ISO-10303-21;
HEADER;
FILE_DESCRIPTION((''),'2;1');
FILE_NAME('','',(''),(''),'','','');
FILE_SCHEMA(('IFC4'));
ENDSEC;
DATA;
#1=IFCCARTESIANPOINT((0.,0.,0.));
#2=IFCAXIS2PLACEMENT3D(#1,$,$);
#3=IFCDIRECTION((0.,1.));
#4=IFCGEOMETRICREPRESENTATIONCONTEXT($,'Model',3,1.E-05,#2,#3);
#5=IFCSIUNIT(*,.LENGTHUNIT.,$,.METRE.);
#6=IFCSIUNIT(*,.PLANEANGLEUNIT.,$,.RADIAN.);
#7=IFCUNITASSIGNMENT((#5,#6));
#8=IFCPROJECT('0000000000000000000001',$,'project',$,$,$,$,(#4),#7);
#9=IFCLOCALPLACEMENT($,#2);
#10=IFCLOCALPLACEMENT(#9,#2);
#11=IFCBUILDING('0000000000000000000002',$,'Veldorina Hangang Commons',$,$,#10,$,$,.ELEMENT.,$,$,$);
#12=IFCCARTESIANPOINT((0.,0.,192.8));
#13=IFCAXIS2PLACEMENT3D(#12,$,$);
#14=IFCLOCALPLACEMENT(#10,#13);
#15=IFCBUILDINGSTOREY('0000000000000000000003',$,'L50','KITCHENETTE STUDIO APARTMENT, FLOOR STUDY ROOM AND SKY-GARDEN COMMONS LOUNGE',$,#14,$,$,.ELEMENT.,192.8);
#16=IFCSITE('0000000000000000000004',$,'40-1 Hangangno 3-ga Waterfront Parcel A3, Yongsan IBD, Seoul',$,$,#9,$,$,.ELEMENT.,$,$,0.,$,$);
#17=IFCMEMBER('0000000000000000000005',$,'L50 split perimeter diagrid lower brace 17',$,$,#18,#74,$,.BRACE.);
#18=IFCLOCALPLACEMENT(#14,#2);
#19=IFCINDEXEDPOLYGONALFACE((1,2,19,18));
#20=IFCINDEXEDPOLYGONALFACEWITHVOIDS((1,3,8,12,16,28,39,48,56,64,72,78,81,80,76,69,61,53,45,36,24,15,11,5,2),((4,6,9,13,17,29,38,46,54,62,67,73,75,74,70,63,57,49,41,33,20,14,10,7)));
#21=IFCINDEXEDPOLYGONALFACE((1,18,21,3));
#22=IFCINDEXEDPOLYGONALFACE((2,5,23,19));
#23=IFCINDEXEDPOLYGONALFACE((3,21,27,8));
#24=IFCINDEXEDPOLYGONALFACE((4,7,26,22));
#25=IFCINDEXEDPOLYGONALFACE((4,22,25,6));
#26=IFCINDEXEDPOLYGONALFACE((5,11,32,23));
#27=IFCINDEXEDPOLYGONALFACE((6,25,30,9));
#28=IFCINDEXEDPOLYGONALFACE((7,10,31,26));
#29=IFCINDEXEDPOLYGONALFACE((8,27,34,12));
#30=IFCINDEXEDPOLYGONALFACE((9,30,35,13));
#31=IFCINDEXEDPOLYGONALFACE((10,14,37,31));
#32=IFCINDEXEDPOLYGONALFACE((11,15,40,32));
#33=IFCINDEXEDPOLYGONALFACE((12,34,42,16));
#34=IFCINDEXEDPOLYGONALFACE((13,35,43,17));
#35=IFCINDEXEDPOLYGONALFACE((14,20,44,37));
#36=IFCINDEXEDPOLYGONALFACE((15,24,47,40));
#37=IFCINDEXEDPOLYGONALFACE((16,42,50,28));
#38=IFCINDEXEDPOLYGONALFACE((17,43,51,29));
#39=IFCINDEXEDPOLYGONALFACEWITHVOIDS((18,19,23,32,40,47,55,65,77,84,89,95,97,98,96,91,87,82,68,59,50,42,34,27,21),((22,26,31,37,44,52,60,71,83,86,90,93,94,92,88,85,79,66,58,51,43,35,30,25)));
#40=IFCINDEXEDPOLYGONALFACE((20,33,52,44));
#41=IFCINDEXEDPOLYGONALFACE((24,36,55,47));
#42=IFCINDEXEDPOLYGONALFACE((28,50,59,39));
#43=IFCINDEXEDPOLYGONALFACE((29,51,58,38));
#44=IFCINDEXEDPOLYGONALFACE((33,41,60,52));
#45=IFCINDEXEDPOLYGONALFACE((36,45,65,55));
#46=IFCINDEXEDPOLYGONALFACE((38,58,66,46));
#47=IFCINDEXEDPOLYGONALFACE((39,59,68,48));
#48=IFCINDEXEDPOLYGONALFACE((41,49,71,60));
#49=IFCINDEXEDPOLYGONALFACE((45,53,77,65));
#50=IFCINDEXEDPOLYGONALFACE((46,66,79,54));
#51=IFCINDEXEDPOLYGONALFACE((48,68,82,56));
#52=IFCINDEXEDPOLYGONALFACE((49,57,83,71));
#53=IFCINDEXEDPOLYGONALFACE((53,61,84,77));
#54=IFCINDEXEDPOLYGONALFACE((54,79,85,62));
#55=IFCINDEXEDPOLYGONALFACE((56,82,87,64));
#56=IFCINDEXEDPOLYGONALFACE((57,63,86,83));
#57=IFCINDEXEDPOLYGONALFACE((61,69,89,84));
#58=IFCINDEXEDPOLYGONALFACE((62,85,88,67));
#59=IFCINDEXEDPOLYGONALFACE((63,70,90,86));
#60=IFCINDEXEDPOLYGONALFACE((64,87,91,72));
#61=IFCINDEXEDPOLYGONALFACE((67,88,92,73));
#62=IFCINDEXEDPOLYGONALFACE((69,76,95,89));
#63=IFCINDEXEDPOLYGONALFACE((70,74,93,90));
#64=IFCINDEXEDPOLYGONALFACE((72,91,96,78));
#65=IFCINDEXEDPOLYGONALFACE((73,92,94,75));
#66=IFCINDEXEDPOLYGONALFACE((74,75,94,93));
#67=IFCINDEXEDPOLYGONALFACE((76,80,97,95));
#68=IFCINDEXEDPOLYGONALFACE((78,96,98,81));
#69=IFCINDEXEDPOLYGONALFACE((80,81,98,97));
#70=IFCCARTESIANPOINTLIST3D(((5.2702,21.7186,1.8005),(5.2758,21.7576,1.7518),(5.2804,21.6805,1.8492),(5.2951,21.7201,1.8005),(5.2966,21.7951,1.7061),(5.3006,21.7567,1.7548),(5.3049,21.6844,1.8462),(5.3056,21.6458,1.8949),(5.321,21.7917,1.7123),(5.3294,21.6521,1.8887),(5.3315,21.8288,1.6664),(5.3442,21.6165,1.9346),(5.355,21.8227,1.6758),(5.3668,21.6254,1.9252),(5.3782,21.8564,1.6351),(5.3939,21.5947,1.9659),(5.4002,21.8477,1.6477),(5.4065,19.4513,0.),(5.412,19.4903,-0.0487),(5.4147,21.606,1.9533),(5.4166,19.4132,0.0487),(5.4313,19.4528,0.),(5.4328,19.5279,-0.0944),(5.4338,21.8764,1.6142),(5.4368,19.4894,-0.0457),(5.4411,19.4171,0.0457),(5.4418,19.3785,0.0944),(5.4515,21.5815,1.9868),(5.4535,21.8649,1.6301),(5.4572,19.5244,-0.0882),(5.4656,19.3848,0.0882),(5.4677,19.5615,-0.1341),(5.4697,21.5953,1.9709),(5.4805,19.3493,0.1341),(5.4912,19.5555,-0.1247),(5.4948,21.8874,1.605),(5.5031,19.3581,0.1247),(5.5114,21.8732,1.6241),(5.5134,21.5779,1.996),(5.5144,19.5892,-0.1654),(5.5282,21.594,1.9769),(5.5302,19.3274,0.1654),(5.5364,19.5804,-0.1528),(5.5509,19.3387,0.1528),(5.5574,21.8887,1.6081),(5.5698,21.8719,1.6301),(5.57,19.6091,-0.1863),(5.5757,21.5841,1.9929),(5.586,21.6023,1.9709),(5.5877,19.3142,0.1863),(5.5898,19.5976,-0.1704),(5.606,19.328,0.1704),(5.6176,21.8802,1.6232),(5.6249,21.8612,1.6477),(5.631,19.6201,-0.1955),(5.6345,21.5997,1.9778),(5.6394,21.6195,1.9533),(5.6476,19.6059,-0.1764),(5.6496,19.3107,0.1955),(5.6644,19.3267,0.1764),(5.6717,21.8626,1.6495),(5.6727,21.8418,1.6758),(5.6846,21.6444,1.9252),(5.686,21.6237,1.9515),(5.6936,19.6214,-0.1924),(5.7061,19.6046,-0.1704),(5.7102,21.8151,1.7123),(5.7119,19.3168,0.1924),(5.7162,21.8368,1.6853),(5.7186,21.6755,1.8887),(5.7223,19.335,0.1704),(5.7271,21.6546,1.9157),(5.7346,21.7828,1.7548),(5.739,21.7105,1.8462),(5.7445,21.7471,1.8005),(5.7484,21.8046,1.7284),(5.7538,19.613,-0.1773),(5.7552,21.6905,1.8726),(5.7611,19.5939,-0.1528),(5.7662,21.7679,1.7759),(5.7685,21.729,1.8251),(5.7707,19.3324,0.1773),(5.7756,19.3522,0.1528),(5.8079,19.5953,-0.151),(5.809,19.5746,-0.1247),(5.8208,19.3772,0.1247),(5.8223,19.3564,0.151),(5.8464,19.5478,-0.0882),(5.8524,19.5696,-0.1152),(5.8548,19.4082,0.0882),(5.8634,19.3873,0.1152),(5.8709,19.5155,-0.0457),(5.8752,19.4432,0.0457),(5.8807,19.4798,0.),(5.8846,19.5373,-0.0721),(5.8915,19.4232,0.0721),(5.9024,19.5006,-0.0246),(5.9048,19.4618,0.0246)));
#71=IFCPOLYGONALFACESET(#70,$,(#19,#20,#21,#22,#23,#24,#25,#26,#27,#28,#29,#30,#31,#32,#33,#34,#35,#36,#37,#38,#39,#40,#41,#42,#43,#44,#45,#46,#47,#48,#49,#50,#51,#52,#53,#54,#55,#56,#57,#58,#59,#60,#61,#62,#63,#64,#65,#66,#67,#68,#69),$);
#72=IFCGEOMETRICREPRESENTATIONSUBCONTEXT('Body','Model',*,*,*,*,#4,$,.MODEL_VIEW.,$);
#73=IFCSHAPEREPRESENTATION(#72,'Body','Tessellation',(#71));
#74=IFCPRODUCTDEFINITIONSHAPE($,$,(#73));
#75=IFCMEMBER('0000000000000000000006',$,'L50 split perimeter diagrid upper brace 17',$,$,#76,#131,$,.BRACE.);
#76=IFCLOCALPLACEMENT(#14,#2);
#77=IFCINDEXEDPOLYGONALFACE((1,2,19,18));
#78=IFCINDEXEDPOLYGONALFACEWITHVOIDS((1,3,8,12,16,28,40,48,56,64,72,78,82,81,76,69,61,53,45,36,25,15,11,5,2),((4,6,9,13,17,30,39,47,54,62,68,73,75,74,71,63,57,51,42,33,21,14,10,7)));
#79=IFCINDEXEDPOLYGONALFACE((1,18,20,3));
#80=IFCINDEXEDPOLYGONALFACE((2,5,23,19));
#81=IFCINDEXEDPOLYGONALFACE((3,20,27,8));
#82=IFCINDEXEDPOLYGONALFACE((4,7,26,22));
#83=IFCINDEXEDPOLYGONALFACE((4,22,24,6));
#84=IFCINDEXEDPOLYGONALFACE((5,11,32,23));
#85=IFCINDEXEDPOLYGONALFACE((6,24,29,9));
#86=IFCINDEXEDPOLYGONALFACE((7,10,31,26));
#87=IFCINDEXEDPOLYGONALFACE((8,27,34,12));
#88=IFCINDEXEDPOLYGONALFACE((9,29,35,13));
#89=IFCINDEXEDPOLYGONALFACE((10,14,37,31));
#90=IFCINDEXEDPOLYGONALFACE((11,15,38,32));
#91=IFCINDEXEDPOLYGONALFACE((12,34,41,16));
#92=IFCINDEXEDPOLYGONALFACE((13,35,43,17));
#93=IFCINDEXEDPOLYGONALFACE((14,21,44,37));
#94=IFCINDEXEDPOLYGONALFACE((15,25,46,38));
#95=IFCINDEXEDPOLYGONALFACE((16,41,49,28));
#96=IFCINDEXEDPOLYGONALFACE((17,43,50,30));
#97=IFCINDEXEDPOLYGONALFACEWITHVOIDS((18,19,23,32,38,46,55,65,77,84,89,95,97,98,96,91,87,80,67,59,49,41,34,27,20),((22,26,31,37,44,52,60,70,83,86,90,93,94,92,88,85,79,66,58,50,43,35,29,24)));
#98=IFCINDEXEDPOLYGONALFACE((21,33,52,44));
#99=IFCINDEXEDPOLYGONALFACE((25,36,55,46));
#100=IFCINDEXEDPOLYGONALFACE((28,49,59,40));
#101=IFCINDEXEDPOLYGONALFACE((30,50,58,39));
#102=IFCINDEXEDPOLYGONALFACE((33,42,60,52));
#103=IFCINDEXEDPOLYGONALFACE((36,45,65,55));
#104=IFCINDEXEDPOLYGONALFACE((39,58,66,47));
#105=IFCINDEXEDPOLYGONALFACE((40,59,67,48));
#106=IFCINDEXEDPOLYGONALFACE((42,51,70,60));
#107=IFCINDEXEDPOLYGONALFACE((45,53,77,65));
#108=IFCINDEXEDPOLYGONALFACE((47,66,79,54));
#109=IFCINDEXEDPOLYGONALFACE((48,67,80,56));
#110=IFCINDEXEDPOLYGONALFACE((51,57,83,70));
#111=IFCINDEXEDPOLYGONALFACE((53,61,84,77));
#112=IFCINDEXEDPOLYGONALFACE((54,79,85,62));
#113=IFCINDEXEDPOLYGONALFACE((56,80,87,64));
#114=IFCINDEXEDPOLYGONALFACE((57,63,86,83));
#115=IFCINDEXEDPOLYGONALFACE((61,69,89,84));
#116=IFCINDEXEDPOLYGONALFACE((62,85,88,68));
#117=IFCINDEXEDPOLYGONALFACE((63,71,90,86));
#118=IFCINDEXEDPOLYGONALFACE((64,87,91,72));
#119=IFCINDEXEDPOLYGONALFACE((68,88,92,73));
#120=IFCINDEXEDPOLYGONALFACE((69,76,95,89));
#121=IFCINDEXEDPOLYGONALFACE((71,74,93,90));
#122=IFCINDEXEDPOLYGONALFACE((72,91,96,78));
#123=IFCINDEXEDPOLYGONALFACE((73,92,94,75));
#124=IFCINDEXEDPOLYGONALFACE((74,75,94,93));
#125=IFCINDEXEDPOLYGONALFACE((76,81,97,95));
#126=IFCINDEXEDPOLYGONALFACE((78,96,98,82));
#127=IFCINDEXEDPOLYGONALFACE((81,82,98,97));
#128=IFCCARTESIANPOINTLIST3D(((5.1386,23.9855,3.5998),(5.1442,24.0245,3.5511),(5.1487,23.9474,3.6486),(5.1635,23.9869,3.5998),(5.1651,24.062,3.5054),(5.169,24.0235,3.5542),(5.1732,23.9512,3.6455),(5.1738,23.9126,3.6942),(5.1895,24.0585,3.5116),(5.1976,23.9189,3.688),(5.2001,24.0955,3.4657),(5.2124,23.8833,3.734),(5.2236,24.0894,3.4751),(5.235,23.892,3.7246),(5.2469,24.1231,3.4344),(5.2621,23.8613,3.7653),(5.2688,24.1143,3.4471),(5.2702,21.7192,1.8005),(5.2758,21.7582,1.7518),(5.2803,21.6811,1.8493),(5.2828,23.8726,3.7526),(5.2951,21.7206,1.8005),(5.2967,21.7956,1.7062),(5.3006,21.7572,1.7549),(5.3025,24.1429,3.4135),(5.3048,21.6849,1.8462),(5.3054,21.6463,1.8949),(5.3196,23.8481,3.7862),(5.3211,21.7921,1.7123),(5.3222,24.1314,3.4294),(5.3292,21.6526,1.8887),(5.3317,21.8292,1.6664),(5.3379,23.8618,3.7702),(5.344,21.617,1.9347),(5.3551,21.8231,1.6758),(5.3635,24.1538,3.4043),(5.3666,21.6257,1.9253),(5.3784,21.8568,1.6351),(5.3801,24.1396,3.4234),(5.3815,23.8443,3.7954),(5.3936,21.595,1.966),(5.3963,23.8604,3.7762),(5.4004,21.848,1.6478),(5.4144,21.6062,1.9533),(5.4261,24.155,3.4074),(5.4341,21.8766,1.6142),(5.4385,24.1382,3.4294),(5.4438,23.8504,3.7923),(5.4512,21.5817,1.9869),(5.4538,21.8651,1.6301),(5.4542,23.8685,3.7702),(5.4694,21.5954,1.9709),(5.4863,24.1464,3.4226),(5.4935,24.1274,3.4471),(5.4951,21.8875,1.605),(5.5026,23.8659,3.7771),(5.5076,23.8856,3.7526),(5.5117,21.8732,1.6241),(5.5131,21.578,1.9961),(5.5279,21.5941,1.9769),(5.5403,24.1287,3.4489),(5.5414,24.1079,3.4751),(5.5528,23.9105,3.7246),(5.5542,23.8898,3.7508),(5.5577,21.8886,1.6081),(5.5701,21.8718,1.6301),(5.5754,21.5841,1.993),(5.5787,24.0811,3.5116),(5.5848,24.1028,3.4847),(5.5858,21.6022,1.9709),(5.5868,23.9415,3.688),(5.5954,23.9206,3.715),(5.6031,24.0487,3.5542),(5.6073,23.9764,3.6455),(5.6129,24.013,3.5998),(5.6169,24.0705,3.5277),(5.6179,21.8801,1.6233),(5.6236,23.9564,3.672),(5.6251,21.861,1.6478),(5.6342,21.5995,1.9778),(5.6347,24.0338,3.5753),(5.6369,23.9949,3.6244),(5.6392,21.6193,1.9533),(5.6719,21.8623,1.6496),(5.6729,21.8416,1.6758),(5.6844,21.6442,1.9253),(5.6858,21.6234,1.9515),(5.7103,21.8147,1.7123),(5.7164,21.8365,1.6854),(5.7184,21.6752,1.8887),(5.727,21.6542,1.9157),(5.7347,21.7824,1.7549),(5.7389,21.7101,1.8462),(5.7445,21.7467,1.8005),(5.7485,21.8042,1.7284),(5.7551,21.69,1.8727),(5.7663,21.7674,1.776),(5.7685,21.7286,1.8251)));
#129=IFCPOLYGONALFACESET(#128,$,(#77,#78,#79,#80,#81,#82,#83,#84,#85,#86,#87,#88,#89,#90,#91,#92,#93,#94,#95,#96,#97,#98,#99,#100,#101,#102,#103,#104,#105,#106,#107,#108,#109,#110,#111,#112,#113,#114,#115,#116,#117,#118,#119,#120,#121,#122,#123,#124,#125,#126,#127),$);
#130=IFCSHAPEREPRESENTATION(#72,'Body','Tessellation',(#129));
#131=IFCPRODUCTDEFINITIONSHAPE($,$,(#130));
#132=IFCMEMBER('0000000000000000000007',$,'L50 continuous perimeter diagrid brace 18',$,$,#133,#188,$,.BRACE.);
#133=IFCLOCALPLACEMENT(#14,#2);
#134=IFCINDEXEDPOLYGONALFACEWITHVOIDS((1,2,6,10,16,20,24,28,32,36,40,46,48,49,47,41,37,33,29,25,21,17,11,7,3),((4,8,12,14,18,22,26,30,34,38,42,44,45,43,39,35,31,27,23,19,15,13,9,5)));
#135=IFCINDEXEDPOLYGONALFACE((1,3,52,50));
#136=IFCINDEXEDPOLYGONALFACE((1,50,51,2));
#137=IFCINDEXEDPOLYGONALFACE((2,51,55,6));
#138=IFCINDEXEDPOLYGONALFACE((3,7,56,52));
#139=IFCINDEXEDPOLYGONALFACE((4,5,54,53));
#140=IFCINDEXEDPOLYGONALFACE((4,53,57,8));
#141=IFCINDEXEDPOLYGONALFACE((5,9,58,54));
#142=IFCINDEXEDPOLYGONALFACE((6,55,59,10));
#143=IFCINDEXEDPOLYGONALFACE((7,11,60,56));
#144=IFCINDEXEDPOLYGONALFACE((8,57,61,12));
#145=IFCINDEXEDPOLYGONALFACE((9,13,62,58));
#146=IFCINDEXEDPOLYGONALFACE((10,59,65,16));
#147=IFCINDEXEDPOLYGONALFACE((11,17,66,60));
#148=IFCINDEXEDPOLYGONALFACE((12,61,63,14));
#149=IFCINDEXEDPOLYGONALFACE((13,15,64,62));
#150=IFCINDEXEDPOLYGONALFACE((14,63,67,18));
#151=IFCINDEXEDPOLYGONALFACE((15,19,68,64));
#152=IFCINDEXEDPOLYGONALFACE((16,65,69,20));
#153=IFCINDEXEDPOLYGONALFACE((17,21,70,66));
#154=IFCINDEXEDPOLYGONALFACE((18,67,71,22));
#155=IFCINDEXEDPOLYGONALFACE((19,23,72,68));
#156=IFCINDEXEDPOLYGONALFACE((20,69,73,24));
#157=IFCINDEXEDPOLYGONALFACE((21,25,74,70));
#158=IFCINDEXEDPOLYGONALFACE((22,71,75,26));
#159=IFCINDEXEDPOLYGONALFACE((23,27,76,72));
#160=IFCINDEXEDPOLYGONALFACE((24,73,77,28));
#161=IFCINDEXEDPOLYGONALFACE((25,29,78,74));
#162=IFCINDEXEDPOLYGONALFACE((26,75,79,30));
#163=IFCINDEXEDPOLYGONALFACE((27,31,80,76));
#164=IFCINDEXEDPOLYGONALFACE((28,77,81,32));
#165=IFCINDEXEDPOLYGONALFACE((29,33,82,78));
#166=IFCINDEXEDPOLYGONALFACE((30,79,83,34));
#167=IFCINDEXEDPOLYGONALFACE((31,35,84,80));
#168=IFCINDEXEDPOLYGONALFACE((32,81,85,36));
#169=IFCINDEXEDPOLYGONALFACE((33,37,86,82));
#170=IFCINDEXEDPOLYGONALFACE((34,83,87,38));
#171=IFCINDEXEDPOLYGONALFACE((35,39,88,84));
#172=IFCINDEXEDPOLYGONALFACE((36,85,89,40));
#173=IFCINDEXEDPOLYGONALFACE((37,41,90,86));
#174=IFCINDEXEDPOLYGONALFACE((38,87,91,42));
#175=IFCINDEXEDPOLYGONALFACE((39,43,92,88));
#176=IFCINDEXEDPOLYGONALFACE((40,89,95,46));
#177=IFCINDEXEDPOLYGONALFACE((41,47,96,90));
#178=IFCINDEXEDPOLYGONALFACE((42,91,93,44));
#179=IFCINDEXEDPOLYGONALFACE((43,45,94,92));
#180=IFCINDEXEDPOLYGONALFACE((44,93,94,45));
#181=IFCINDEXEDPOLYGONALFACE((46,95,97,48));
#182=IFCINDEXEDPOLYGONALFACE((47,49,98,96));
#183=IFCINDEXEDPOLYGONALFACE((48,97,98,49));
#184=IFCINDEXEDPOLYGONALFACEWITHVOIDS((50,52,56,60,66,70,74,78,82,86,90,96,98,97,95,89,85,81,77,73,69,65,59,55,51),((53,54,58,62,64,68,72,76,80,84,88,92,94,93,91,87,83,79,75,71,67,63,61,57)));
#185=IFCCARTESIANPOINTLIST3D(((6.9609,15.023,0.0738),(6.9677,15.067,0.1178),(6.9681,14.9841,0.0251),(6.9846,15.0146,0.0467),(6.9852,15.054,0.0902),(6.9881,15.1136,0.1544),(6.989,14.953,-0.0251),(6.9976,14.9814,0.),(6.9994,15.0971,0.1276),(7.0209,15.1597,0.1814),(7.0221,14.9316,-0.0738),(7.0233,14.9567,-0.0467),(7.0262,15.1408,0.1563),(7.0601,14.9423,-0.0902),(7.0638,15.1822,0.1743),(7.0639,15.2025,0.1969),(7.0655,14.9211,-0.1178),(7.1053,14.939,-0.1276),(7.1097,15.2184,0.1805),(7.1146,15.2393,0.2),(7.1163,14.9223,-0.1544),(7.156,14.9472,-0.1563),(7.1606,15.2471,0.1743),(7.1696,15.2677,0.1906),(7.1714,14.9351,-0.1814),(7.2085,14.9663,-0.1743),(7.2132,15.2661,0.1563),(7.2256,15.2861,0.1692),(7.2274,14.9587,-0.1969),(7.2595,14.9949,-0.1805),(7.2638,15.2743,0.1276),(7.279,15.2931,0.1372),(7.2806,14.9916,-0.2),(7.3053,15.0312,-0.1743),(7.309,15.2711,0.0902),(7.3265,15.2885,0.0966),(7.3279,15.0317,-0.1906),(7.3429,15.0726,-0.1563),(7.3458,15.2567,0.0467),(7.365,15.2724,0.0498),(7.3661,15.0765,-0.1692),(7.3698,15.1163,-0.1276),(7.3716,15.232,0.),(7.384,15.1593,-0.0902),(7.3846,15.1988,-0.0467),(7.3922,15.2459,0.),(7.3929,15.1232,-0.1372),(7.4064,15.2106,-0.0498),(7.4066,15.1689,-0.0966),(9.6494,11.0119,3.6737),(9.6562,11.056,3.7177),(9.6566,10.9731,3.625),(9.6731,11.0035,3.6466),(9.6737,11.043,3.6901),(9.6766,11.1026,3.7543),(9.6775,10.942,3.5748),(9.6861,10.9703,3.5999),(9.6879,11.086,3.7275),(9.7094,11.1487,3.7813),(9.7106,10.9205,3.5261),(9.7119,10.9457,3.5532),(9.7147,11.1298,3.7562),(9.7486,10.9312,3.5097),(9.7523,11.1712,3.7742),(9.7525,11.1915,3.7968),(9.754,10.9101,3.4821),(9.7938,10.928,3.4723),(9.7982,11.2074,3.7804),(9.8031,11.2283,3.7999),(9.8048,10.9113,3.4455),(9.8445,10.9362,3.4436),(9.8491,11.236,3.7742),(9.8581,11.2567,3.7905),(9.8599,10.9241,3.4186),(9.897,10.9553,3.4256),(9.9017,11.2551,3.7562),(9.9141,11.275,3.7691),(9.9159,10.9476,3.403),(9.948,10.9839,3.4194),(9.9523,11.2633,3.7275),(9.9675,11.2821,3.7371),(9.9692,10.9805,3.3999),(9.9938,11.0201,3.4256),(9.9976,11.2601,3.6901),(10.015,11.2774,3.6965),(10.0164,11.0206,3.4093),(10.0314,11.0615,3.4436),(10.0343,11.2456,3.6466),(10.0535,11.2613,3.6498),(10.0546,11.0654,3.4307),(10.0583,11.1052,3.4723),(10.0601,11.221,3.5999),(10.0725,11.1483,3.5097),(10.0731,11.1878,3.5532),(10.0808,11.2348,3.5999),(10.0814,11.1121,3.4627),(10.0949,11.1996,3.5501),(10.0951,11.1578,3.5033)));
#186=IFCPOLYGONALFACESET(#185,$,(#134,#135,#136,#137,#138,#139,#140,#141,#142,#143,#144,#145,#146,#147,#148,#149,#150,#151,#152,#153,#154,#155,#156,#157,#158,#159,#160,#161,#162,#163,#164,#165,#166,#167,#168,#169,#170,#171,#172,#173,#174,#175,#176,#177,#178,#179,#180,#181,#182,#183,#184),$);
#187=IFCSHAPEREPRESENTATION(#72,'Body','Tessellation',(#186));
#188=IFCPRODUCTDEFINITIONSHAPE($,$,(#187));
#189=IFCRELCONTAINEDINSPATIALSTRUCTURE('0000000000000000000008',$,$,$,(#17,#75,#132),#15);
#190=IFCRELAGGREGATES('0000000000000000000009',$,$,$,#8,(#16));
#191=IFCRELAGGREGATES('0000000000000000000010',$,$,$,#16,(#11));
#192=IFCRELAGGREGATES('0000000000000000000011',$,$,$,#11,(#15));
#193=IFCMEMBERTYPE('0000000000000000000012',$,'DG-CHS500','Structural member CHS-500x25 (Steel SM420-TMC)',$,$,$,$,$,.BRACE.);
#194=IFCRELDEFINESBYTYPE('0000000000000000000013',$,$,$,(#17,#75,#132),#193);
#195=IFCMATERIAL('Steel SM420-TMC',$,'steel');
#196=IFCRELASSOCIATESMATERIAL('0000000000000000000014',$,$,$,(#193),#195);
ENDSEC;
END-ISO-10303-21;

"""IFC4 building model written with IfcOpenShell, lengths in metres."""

from ifc_helpers import new_model, si_unit, direction, frame, origin, origin_2d, place, context, subcontext, project, spatial, hollow_circle, extrude, material, material_profile, profile_set, type_object, element, save


model = new_model("IFC4")

# Units and contexts
model_context = context("Model", 3, precision=1e-05, world=origin(), true_north=direction((0.0, 1.0)))
body_context = subcontext(model_context, "Body", "Model", "MODEL_VIEW")
ifc_project = project(units=[si_unit("LENGTHUNIT", "METRE"), si_unit("PLANEANGLEUNIT", "RADIAN")], contexts=[model_context])

# Site, building, storey
site_placement = place(None, origin())
site = spatial("IfcSite", under=ifc_project, at=site_placement, Name="40-1 Hangangno 3-ga Waterfront Parcel A3, Yongsan IBD, Seoul", CompositionType="ELEMENT", RefElevation=0.0)
building_placement = place(site_placement, origin())
building = spatial("IfcBuilding", under=site, at=building_placement, Name="Veldorina Hangang Commons", CompositionType="ELEMENT")
storey_placement = place(building_placement, frame((0.0, 0.0, 192.8)))
storey = spatial("IfcBuildingStorey", under=building, at=storey_placement, Name="L50", Description="KITCHENETTE STUDIO APARTMENT, FLOOR STUDY ROOM AND SKY-GARDEN COMMONS LOUNGE", CompositionType="ELEMENT", Elevation=192.8)

# Shared definitions
ifc_material_1 = material(Name="Steel SM420-TMC", Category="steel")

# Members
ifc_material_profile_1 = material_profile(ifc_material_1, hollow_circle(Radius=0.25, WallThickness=0.0249, at=origin_2d()), Name="CHS-500x25")
ifc_profile_set_1 = profile_set([ifc_material_profile_1], Name="Steel SM420-TMC")
member_type = type_object("IfcMemberType", Name="DG-CHS500", Description="Structural member CHS-500x25 (Steel SM420-TMC)", PredefinedType="BRACE", material=ifc_profile_set_1)
member_1_placement = place(storey_placement, frame((5.656, 19.4663, 0.0), z_axis=(-0.047, 0.782244, 0.621196), x_axis=(-0.9982, -0.059976, 0.0)))
element("IfcMember", 1, at=member_1_placement, inside=storey, type_object=member_type, Name="L50 split perimeter diagrid lower brace 17", PredefinedType="BRACE", context=body_context, shape_type="SweptSolid", body=[
    extrude(hollow_circle(Radius=0.25, WallThickness=0.0249, at=origin_2d()), origin(), (0.0, 0.0, 1.0), 2.8984),
])
member_2_placement = place(storey_placement, frame((5.5198, 21.7336, 1.8005), z_axis=(-0.045427, 0.782376, 0.621147), x_axis=(-0.998319, -0.057965, 0.0)))
element("IfcMember", 2, at=member_2_placement, inside=storey, type_object=member_type, Name="L50 split perimeter diagrid upper brace 17", PredefinedType="BRACE", context=body_context, shape_type="SweptSolid", body=[
    extrude(hollow_circle(Radius=0.25, WallThickness=0.0249, at=origin_2d()), origin(), (0.0, 0.0, 1.0), 2.8967),
])
member_3_placement = place(storey_placement, frame((7.1846, 15.1067, 0.0), z_axis=(0.446379, -0.66596, 0.597698), x_axis=(0.830663, 0.556775, 0.0)))
element("IfcMember", 3, at=member_3_placement, inside=storey, type_object=member_type, Name="L50 continuous perimeter diagrid brace 18", PredefinedType="BRACE", context=body_context, shape_type="SweptSolid", body=[
    extrude(hollow_circle(Radius=0.25, WallThickness=0.0249, at=origin_2d()), origin(), (0.0, 0.0, 1.0), 6.0229),
])

save(model, "model.ifc")
